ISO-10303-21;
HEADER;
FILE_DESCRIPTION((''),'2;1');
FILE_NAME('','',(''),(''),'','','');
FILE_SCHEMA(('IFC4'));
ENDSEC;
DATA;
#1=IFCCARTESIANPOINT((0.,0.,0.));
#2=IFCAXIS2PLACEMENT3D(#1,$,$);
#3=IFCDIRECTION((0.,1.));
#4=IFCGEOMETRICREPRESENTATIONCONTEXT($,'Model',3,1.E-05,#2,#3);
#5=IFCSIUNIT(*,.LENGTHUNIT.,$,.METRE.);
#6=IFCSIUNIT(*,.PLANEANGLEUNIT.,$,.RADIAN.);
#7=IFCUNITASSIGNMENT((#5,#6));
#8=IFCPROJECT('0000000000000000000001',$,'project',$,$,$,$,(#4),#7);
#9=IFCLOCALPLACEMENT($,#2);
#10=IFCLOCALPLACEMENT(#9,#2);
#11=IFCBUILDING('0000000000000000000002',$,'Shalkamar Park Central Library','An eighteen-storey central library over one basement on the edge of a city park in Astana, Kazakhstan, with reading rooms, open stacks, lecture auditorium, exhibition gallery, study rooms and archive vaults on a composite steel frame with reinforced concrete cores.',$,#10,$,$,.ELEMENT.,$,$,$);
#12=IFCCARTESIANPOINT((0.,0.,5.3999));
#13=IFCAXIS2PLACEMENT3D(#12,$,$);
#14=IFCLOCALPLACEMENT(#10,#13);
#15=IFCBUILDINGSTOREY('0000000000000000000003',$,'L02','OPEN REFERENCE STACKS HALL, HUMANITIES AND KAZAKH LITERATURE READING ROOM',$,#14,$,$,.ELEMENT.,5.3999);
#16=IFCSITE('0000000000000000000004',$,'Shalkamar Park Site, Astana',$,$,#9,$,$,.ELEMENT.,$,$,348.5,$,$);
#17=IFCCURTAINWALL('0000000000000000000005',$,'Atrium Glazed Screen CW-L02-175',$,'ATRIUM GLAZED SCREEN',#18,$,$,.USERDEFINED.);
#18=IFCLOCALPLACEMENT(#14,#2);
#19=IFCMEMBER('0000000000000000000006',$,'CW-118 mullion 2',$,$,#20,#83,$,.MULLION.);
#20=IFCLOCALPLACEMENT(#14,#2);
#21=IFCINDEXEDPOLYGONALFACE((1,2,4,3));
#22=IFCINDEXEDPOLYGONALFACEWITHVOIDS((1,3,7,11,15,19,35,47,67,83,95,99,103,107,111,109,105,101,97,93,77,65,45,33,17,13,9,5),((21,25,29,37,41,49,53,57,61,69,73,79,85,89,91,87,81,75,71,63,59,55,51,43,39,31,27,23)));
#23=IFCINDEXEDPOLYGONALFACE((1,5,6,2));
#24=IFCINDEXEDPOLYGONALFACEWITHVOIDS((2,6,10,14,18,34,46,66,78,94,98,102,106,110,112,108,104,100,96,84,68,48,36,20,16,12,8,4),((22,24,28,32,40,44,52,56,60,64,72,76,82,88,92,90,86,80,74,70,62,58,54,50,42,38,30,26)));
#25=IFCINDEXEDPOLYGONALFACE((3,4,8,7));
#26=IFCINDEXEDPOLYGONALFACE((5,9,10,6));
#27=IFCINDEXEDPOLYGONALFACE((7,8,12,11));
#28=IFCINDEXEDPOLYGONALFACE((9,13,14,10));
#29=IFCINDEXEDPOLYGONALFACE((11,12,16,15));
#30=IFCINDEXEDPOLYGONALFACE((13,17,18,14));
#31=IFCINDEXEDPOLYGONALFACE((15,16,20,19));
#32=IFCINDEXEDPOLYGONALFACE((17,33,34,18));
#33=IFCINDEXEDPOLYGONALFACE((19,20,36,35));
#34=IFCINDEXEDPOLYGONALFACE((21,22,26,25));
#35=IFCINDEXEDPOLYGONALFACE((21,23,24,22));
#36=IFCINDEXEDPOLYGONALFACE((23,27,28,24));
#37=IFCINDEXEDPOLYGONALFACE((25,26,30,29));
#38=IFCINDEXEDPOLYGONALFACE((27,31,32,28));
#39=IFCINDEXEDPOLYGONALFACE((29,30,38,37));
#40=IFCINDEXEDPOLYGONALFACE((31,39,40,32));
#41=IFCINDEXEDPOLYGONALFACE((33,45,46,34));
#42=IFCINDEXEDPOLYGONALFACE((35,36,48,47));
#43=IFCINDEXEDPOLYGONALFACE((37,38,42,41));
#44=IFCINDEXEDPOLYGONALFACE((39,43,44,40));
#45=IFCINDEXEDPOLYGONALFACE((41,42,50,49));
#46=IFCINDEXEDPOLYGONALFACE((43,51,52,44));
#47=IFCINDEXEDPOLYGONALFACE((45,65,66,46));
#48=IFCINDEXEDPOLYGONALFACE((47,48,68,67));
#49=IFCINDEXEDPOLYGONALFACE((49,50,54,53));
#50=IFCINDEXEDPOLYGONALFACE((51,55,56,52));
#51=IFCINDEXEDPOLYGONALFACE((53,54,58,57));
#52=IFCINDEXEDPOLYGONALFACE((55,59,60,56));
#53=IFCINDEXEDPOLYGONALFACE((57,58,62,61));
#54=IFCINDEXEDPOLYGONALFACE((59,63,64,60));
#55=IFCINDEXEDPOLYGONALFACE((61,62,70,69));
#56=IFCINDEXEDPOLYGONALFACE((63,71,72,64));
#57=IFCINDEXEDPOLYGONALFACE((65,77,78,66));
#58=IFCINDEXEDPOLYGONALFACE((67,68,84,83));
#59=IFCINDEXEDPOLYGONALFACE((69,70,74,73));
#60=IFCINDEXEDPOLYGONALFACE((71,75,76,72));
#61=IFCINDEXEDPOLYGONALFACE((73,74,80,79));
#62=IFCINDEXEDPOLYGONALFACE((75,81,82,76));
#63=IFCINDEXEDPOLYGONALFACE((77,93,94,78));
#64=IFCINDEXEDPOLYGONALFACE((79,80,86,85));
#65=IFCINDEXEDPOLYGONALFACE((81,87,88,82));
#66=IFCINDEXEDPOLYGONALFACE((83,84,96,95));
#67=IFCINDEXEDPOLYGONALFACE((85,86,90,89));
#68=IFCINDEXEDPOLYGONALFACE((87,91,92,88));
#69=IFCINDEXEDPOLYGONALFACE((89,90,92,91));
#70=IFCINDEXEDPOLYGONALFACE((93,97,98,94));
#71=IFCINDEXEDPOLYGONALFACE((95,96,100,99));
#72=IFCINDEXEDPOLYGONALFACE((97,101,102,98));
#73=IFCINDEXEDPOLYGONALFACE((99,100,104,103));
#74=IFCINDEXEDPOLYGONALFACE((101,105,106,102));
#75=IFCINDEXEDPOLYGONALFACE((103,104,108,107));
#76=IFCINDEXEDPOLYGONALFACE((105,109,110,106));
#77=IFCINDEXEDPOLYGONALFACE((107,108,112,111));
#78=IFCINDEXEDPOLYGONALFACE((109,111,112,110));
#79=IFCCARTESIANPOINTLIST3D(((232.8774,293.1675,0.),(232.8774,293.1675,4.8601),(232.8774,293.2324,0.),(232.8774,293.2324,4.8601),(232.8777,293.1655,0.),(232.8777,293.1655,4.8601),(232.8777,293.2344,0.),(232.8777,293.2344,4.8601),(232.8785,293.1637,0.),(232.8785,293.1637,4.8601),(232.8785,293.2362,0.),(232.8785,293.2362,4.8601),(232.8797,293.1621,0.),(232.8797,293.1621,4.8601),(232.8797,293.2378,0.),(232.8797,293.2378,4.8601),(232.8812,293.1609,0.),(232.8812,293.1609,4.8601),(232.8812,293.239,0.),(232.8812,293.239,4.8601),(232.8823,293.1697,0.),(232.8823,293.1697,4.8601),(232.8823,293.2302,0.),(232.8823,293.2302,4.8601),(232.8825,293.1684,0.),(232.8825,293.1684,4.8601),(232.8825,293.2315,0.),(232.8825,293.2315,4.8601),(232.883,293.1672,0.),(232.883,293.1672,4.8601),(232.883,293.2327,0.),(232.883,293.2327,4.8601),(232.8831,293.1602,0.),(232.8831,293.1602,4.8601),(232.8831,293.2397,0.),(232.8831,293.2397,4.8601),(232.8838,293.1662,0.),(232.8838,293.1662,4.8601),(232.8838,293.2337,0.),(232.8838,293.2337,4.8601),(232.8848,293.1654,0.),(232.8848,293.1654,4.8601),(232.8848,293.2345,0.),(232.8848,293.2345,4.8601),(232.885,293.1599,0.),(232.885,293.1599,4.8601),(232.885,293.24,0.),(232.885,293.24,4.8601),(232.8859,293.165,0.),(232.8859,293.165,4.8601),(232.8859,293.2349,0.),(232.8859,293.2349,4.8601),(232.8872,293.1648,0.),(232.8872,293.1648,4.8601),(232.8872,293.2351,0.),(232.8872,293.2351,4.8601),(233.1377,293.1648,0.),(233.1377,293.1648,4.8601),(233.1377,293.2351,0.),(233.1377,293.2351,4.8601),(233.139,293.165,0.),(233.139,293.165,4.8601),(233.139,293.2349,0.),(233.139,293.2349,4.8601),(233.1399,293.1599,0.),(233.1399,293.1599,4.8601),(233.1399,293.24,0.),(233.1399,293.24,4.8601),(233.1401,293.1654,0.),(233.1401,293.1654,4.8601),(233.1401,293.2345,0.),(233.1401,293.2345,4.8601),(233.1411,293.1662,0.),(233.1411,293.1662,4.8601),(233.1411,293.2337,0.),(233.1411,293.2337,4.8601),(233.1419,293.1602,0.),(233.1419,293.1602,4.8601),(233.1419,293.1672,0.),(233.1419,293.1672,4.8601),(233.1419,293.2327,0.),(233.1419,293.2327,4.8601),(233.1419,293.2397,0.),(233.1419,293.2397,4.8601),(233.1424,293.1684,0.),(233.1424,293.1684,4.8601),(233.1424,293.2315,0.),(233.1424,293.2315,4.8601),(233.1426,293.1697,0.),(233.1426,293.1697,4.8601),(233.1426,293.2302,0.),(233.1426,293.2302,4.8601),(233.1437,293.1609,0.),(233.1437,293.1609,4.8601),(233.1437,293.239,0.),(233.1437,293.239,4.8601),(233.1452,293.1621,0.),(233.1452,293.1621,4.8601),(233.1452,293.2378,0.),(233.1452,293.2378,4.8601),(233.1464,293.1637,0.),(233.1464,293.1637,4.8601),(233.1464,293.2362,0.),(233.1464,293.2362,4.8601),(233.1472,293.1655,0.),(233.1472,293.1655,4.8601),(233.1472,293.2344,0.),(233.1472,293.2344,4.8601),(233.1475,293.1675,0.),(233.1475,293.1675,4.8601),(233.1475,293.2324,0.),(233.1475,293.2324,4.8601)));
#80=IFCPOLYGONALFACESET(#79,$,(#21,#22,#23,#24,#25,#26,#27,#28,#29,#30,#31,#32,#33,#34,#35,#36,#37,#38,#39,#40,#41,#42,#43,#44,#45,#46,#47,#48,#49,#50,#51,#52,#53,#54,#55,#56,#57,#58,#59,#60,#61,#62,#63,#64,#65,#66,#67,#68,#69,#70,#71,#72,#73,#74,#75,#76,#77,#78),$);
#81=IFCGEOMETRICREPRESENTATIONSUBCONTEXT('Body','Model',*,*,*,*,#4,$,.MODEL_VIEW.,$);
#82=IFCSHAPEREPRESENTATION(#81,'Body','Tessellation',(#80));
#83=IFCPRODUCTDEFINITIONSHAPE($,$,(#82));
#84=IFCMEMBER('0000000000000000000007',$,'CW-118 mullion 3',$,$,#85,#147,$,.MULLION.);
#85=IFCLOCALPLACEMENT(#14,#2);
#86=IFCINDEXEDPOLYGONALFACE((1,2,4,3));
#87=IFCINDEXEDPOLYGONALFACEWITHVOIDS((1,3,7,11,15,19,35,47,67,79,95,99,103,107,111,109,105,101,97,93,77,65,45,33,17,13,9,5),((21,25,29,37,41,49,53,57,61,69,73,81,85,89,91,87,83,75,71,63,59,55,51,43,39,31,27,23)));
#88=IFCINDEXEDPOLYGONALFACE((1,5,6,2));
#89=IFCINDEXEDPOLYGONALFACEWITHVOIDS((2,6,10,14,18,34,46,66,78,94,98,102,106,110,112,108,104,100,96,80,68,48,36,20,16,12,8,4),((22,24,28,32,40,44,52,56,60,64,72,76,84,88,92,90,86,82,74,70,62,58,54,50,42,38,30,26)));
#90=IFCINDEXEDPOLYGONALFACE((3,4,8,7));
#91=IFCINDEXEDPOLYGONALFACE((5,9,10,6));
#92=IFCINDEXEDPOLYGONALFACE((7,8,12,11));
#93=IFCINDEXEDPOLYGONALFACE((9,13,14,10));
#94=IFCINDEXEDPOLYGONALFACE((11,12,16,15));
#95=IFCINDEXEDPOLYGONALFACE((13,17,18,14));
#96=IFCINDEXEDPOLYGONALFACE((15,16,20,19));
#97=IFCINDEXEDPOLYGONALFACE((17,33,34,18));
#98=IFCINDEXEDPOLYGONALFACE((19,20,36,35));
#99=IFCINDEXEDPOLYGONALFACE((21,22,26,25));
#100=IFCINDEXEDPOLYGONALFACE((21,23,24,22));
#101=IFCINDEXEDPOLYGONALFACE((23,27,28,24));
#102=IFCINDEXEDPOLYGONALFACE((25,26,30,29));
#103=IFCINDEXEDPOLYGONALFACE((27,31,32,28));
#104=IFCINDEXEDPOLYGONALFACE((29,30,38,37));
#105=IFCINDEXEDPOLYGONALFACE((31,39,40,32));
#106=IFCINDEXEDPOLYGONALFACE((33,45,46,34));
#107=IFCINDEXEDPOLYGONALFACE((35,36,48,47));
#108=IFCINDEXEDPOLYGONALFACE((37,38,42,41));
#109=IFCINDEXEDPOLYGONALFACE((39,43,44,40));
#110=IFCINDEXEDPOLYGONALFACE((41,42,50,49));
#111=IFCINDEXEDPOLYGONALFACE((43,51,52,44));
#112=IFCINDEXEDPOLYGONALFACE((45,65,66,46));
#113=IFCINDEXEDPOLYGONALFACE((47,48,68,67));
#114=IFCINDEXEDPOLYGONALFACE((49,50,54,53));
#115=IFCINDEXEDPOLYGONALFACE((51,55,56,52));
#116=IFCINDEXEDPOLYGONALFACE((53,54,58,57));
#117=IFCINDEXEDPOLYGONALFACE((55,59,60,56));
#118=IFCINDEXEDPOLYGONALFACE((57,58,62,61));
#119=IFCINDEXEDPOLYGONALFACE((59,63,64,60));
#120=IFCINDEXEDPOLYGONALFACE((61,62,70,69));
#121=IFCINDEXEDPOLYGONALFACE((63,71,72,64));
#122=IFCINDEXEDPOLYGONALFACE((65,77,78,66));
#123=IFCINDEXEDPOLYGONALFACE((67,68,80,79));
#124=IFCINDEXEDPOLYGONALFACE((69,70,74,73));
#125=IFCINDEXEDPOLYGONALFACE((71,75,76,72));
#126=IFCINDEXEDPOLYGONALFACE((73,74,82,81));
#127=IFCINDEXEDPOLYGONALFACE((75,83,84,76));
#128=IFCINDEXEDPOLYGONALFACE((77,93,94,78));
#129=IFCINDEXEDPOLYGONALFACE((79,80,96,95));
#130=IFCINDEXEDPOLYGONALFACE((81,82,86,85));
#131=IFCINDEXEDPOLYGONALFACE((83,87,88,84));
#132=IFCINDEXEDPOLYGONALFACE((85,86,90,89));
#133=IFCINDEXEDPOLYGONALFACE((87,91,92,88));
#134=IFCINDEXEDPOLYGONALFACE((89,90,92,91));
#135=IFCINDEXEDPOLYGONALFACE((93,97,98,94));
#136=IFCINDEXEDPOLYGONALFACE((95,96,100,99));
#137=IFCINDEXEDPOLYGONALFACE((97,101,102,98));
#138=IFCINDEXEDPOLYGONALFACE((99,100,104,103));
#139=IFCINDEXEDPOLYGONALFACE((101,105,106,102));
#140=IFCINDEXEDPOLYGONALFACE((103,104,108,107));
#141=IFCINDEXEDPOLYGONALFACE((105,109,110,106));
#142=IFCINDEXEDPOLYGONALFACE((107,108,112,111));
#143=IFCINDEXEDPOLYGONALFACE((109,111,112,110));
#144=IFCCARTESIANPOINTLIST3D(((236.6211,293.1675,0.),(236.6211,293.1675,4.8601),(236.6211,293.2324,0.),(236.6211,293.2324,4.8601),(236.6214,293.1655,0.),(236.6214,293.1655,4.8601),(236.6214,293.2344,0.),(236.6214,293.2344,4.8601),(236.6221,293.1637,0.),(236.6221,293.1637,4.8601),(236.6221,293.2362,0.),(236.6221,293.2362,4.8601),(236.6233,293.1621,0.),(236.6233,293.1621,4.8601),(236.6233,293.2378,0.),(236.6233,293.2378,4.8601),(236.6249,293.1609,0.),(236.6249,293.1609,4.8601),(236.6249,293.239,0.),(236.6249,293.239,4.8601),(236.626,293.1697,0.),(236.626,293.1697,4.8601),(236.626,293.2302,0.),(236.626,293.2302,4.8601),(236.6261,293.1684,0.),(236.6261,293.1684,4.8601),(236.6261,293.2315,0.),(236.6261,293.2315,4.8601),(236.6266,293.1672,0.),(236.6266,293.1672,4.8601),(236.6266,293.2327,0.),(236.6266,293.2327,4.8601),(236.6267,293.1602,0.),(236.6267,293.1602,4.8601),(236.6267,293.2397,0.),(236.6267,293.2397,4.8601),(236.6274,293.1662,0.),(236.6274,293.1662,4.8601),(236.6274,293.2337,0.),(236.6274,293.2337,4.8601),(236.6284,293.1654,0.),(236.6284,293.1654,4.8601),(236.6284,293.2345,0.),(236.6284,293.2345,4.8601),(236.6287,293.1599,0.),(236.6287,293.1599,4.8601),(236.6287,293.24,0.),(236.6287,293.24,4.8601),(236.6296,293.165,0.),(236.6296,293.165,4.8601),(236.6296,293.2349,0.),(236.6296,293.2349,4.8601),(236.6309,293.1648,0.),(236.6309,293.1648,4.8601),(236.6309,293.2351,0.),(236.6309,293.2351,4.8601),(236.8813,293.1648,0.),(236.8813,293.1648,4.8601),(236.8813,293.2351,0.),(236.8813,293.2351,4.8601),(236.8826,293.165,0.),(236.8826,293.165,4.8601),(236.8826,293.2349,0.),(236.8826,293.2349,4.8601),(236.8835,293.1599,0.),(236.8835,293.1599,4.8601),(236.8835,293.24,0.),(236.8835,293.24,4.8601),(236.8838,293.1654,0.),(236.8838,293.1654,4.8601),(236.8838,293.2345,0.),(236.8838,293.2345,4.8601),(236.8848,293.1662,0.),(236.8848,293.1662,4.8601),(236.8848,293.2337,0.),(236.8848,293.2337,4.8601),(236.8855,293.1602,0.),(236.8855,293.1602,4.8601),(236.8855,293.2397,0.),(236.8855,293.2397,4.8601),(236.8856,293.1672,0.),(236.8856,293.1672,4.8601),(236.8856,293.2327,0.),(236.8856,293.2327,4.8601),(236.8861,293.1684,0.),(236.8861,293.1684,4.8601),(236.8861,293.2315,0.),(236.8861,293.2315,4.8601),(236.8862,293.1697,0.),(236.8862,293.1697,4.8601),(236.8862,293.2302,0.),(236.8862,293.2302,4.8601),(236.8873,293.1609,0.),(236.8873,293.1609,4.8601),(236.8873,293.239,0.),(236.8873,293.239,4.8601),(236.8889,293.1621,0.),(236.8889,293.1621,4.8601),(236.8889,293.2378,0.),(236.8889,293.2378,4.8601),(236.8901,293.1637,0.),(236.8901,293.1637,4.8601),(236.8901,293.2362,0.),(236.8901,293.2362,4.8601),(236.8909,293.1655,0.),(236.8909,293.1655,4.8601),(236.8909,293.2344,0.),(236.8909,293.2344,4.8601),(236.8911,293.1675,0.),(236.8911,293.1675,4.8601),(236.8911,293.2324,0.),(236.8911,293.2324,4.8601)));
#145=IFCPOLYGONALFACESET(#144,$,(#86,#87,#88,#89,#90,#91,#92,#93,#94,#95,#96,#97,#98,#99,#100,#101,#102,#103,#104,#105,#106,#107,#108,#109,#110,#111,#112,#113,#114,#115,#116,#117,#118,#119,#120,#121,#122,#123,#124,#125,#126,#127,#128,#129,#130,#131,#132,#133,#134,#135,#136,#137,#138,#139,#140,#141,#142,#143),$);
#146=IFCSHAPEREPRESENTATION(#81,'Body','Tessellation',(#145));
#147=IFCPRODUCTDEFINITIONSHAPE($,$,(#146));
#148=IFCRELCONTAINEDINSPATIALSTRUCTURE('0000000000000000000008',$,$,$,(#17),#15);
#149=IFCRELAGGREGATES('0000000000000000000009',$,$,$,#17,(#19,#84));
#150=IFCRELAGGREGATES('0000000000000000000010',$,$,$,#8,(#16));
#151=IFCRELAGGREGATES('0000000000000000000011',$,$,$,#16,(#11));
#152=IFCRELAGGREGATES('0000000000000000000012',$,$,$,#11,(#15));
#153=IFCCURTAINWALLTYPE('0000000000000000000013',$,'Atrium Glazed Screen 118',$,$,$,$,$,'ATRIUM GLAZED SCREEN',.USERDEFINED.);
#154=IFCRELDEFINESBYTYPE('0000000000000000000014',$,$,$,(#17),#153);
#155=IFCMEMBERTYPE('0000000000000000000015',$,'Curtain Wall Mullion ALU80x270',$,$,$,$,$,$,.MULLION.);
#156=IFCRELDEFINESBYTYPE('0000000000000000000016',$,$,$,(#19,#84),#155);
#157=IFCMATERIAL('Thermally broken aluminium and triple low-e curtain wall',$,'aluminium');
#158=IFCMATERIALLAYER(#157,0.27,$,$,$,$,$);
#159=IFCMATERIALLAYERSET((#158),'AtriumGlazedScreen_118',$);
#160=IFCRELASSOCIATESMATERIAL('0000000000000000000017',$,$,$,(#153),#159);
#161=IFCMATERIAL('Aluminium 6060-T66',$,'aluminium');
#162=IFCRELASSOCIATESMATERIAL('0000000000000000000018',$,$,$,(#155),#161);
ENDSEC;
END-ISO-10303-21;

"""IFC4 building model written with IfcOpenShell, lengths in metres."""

from ifc_helpers import new_model, si_unit, direction, frame, origin, origin_2d, place, context, subcontext, project, spatial, hollow_rectangle, extrude, material, layer, layer_set, material_profile, profile_set, type_object, element, aggregate, save


model = new_model("IFC4")

# Units and contexts
model_context = context("Model", 3, precision=1e-05, world=origin(), true_north=direction((0.0, 1.0)))
body_context = subcontext(model_context, "Body", "Model", "MODEL_VIEW")
ifc_project = project(units=[si_unit("LENGTHUNIT", "METRE"), si_unit("PLANEANGLEUNIT", "RADIAN")], contexts=[model_context])

# Site, building, storey
site_placement = place(None, origin())
site = spatial("IfcSite", under=ifc_project, at=site_placement, Name="Shalkamar Park Site, Astana", CompositionType="ELEMENT", RefElevation=348.5)
building_placement = place(site_placement, origin())
building = spatial("IfcBuilding", under=site, at=building_placement, Name="Shalkamar Park Central Library", Description="An eighteen-storey central library over one basement on the edge of a city park in Astana, Kazakhstan, with reading rooms, open stacks, lecture auditorium, exhibition gallery, study rooms and archive vaults on a composite steel frame with reinforced concrete cores.", CompositionType="ELEMENT")
storey_placement = place(building_placement, frame((0.0, 0.0, 5.3999)))
storey = spatial("IfcBuildingStorey", under=building, at=storey_placement, Name="L02", Description="OPEN REFERENCE STACKS HALL, HUMANITIES AND KAZAKH LITERATURE READING ROOM", CompositionType="ELEMENT", Elevation=5.3999)

# Curtain wall, members
ifc_material_1 = material(Name="Thermally broken aluminium and triple low-e curtain wall", Category="aluminium")
ifc_layer_1 = layer(ifc_material_1, 0.27)
ifc_layer_set_1 = layer_set([ifc_layer_1], Name="AtriumGlazedScreen_118")
curtain_wall_type = type_object("IfcCurtainWallType", Name="Atrium Glazed Screen 118", ElementType="ATRIUM GLAZED SCREEN", PredefinedType="USERDEFINED", material=ifc_layer_set_1)
curtain_wall_placement = place(storey_placement, origin())
curtain_wall = element("IfcCurtainWall", 1, at=curtain_wall_placement, inside=storey, type_object=curtain_wall_type, Name="Atrium Glazed Screen CW-L02-175", ObjectType="ATRIUM GLAZED SCREEN", PredefinedType="USERDEFINED")
ifc_material_2 = material(Name="Aluminium 6060-T66", Category="aluminium")
ifc_material_profile_1 = material_profile(ifc_material_2, hollow_rectangle(XDim=0.0801, YDim=0.27, WallThickness=0.0049, InnerFilletRadius=0.0049, OuterFilletRadius=0.0076, at=origin_2d()), Name="ALU 80x270x5")
ifc_profile_set_1 = profile_set([ifc_material_profile_1], Name="Aluminium 6060-T66")
member_type_1 = type_object("IfcMemberType", Name="Curtain Wall Mullion ALU80x270", PredefinedType="MULLION", material=ifc_profile_set_1)
member_1_placement = place(storey_placement, frame((233.0125, 293.2, 0.0), z_axis=(0.0, 0.0, 1.0), x_axis=(0.0, 1.0, 0.0)))
member_1 = element("IfcMember", 2, at=member_1_placement, type_object=member_type_1, Name="CW-118 mullion 2", PredefinedType="MULLION", context=body_context, shape_type="SweptSolid", body=[
    extrude(hollow_rectangle(XDim=0.0801, YDim=0.27, WallThickness=0.0049, InnerFilletRadius=0.0049, OuterFilletRadius=0.0076, at=origin_2d()), origin(), (0.0, 0.0, 1.0), 4.8601),
])
member_2_placement = place(storey_placement, frame((236.7561, 293.2, 0.0), z_axis=(0.0, 0.0, 1.0), x_axis=(0.0, 1.0, 0.0)))
member_2 = element("IfcMember", 3, at=member_2_placement, type_object=member_type_1, Name="CW-118 mullion 3", PredefinedType="MULLION", context=body_context, shape_type="SweptSolid", body=[
    extrude(hollow_rectangle(XDim=0.0801, YDim=0.27, WallThickness=0.0049, InnerFilletRadius=0.0049, OuterFilletRadius=0.0076, at=origin_2d()), origin(), (0.0, 0.0, 1.0), 4.8601),
])

aggregate(curtain_wall, [member_1, member_2])

save(model, "model.ifc")
